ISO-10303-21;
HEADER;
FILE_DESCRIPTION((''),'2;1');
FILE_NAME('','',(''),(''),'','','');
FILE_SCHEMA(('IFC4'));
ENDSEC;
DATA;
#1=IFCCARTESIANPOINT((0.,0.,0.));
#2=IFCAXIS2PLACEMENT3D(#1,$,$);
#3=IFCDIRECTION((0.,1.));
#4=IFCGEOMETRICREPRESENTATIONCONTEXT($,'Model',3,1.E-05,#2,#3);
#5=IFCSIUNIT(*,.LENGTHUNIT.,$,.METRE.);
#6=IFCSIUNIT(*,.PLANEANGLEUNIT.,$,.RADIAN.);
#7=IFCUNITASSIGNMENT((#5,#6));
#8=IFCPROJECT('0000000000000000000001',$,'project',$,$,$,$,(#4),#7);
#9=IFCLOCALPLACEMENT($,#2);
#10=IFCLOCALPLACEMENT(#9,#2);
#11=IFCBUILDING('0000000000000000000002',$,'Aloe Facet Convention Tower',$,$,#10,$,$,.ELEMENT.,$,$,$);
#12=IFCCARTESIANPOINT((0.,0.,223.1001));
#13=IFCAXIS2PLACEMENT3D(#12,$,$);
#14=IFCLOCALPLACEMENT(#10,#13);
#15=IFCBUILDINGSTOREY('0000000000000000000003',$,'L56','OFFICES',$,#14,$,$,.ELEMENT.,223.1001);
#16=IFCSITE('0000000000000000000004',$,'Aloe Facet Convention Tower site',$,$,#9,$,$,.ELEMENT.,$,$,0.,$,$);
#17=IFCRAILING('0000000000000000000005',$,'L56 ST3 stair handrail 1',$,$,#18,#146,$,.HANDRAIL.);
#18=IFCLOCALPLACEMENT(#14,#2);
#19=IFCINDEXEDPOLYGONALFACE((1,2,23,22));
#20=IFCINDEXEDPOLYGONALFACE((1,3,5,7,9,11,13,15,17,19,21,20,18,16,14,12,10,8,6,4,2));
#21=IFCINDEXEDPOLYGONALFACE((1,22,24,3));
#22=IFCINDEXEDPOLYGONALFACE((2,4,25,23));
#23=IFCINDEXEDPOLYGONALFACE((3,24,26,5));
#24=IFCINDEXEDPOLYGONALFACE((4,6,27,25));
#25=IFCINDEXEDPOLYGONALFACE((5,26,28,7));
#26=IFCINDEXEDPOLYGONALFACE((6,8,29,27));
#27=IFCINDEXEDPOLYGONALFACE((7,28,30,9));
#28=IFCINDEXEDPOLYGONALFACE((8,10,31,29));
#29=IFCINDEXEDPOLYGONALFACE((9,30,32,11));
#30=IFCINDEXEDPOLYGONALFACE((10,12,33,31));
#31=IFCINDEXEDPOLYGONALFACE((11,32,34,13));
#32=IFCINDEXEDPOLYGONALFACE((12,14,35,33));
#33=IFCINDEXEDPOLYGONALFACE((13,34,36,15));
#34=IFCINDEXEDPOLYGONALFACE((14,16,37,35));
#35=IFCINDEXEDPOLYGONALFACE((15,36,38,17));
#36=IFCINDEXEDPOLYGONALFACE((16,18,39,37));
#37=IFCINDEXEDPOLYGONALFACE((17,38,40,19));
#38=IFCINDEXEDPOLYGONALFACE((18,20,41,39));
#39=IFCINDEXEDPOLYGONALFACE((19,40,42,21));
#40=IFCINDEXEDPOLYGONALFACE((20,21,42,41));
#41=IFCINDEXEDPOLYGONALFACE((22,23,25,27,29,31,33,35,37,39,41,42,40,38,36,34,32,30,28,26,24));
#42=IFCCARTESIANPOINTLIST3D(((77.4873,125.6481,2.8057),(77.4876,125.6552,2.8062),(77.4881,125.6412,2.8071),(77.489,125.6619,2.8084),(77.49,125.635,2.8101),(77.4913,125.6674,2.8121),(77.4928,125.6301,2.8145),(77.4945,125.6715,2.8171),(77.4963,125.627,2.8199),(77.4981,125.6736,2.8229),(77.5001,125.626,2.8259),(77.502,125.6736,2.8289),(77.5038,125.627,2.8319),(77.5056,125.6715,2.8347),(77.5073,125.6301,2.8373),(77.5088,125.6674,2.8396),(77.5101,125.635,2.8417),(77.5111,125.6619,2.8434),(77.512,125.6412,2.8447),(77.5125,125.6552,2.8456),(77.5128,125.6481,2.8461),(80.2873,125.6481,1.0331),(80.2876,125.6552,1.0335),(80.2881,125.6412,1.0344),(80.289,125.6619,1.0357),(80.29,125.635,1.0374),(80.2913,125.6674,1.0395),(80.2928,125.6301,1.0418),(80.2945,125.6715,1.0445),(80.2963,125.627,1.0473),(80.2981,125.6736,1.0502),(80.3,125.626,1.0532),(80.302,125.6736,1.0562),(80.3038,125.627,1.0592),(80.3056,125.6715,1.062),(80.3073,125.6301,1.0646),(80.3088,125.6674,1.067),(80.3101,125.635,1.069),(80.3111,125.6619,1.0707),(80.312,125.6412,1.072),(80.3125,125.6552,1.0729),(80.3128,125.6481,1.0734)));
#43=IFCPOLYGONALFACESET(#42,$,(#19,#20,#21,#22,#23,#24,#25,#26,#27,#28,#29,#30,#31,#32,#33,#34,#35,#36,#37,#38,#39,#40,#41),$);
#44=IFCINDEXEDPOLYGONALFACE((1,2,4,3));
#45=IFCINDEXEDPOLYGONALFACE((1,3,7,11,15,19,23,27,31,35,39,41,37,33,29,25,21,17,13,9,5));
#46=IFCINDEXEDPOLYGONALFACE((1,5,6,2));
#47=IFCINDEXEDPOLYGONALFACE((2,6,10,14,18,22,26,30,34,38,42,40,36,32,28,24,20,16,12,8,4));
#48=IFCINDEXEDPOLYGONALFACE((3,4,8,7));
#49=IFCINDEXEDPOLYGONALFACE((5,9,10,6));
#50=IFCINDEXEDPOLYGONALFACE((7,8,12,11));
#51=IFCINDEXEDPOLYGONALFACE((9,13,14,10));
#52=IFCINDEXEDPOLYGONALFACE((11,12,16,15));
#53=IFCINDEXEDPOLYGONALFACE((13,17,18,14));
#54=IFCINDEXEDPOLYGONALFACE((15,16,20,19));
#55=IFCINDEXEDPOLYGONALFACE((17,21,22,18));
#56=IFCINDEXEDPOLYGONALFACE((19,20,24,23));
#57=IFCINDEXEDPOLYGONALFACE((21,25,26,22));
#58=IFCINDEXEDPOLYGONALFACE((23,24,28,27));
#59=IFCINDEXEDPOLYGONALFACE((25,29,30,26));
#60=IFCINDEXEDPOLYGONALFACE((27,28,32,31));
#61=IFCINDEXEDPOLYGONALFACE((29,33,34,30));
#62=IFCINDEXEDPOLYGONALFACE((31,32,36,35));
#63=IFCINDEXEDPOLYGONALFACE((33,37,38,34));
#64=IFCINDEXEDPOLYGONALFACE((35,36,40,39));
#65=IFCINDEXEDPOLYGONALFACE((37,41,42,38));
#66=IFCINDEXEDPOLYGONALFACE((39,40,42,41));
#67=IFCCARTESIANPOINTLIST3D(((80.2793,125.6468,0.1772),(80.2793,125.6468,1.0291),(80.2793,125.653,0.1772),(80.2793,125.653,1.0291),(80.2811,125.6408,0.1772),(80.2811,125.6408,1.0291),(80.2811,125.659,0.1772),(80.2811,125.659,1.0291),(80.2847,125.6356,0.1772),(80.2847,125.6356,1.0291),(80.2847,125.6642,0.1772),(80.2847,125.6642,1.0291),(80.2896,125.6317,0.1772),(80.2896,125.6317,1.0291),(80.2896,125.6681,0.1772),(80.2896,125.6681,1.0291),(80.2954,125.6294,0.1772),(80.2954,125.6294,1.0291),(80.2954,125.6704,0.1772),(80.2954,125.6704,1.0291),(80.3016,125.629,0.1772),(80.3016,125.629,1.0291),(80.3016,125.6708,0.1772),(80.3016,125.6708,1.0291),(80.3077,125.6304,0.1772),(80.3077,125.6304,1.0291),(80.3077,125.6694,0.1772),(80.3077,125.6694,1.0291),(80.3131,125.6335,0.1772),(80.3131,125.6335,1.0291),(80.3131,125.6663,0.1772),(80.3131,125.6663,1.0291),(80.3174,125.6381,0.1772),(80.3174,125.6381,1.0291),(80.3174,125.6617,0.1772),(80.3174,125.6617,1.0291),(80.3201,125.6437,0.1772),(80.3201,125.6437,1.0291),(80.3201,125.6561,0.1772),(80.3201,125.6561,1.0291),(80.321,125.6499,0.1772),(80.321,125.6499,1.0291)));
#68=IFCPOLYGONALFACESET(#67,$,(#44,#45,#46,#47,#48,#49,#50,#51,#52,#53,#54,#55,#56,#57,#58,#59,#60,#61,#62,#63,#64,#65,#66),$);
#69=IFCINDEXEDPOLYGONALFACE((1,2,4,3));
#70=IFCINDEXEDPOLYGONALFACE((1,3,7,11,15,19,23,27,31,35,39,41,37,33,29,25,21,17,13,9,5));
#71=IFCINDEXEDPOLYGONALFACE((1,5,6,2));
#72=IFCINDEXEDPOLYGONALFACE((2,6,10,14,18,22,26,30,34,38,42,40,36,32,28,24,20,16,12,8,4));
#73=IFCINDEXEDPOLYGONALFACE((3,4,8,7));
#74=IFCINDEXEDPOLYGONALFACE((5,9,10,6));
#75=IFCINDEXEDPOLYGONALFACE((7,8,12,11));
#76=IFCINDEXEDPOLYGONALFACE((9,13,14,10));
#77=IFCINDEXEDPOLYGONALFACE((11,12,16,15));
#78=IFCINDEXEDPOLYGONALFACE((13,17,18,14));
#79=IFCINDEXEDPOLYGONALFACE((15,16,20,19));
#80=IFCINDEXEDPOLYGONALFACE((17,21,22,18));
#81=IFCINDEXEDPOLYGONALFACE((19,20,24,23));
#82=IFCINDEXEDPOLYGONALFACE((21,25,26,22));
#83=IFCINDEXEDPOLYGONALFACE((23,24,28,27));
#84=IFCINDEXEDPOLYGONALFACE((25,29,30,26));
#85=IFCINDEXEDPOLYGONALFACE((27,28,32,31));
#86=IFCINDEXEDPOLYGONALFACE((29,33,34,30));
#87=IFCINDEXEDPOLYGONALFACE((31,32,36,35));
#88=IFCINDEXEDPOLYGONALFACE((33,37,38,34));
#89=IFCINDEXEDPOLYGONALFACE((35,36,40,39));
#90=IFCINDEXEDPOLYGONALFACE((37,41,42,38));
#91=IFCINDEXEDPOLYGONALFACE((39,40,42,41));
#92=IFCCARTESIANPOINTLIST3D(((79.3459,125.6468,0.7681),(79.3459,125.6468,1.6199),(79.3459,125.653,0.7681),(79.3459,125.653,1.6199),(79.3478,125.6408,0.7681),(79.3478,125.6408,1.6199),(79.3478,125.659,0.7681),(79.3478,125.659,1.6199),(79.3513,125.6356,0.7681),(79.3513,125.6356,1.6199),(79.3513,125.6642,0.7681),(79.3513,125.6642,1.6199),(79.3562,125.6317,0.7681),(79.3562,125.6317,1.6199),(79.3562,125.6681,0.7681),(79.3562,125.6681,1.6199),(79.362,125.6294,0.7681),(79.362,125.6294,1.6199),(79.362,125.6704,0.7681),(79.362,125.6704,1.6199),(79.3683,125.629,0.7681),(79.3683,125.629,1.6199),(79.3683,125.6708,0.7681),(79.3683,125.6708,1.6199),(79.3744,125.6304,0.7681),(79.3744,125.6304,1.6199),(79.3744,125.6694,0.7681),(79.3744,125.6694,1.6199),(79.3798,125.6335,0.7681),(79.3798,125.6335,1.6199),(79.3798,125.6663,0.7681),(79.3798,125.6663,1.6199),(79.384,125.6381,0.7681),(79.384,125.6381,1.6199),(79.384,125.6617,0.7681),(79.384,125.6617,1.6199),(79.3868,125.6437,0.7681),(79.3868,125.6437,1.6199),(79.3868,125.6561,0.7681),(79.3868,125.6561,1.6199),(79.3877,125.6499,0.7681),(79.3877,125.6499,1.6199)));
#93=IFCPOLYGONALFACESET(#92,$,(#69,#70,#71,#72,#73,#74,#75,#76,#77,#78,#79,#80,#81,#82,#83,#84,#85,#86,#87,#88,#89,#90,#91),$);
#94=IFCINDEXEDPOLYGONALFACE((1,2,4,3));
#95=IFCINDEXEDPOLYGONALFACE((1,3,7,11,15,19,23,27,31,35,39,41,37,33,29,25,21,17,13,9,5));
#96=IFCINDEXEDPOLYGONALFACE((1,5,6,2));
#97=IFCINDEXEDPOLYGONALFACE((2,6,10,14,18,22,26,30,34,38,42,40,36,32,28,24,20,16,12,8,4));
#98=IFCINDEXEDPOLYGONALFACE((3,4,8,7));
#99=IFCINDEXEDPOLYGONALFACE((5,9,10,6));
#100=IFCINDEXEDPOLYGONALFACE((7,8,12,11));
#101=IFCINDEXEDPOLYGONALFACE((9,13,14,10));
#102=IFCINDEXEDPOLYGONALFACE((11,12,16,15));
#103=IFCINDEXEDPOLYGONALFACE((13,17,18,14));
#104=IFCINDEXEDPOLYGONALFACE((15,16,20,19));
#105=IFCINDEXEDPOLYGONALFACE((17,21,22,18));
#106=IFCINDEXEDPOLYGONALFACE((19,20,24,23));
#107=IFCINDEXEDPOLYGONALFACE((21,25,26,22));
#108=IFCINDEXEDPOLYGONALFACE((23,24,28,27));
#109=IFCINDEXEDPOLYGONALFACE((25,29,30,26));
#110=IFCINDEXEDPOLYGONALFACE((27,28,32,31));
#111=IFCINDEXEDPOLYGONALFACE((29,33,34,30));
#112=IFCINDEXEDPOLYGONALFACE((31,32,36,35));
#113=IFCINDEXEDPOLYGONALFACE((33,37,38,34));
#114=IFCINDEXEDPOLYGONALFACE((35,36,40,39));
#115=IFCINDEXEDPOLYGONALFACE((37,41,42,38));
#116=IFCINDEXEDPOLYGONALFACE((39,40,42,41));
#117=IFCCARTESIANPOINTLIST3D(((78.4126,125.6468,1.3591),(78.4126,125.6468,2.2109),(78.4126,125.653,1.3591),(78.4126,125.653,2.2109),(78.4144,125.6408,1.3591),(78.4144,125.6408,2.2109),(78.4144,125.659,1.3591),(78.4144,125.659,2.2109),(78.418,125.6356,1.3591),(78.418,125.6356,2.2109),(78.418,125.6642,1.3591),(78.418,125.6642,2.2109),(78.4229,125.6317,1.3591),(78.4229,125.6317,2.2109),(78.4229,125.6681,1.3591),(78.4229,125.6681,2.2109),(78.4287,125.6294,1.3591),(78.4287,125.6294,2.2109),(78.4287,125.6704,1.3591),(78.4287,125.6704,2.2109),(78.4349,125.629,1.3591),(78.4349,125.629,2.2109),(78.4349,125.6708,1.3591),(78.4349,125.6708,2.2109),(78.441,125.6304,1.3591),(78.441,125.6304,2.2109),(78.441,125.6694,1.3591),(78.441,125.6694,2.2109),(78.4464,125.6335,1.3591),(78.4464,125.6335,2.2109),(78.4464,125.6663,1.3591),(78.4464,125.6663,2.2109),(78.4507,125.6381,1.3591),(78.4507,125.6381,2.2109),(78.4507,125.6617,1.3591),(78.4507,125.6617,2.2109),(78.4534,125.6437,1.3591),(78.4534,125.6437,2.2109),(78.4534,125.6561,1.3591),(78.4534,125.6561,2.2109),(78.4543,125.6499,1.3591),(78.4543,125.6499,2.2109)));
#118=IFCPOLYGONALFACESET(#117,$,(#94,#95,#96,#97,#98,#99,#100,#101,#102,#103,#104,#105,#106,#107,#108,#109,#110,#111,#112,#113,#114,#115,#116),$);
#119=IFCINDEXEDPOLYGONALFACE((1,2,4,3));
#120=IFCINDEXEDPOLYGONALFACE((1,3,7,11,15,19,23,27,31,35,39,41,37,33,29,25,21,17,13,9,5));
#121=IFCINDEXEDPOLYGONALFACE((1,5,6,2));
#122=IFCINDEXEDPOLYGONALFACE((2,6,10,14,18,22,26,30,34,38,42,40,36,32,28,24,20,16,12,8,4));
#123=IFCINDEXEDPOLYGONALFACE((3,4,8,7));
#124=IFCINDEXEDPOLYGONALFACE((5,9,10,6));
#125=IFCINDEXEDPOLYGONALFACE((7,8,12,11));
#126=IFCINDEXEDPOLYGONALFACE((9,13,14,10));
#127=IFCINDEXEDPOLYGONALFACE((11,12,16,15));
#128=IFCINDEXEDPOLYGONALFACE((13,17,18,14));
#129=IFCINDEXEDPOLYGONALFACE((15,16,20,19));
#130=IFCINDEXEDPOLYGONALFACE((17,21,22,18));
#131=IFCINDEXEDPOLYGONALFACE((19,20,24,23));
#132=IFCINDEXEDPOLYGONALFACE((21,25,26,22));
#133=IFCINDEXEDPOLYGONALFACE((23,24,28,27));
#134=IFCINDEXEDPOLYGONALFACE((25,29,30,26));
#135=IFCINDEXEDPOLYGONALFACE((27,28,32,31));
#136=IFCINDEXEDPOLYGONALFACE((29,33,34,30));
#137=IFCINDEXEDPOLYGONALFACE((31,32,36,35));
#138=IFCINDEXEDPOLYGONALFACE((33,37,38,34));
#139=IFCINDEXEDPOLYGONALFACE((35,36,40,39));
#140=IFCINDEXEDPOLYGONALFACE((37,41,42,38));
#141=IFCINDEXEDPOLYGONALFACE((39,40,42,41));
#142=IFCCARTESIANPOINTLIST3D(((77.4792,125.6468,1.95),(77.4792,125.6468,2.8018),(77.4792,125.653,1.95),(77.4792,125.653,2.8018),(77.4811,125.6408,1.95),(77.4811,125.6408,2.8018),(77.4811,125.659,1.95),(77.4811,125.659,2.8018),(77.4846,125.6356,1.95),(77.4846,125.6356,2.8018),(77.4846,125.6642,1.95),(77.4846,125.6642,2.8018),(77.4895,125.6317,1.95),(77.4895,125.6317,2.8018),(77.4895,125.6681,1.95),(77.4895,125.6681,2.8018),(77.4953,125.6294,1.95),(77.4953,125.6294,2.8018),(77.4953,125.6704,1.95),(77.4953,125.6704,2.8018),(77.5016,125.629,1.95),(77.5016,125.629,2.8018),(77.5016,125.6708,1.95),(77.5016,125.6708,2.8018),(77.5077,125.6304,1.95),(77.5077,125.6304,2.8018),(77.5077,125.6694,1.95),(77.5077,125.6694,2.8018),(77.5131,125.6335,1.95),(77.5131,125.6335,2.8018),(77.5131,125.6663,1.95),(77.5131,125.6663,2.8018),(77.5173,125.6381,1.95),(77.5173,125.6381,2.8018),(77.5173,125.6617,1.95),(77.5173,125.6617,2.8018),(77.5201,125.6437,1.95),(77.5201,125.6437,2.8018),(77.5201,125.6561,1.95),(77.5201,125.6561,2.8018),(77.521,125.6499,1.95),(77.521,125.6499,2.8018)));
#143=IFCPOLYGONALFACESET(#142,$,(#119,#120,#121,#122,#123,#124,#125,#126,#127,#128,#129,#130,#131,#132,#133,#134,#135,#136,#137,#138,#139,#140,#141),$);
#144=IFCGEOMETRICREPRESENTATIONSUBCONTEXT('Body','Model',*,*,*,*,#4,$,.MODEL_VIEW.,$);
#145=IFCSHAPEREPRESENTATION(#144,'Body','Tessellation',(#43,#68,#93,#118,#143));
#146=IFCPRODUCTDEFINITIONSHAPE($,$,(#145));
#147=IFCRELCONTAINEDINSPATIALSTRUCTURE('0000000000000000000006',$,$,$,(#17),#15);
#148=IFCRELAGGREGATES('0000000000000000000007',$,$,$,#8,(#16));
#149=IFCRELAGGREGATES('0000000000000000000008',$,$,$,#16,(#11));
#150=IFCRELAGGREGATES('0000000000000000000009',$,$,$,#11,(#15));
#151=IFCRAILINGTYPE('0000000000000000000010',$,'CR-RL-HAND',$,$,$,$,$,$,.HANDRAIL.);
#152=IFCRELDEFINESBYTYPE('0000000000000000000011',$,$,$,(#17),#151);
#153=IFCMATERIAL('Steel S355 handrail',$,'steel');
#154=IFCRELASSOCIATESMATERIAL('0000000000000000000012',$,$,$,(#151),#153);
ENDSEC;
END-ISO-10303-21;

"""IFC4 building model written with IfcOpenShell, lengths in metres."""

from ifc_helpers import new_model, si_unit, direction, frame, origin, origin_2d, place, context, subcontext, project, spatial, circle, extrude, material, type_object, element, save


model = new_model("IFC4")

# Units and contexts
model_context = context("Model", 3, precision=1e-05, world=origin(), true_north=direction((0.0, 1.0)))
body_context = subcontext(model_context, "Body", "Model", "MODEL_VIEW")
ifc_project = project(units=[si_unit("LENGTHUNIT", "METRE"), si_unit("PLANEANGLEUNIT", "RADIAN")], contexts=[model_context])

# Site, building, storey
site_placement = place(None, origin())
site = spatial("IfcSite", under=ifc_project, at=site_placement, Name="Aloe Facet Convention Tower site", CompositionType="ELEMENT", RefElevation=0.0)
building_placement = place(site_placement, origin())
building = spatial("IfcBuilding", under=site, at=building_placement, Name="Aloe Facet Convention Tower", CompositionType="ELEMENT")
storey_placement = place(building_placement, frame((0.0, 0.0, 223.1001)))
storey = spatial("IfcBuildingStorey", under=building, at=storey_placement, Name="L56", Description="OFFICES", CompositionType="ELEMENT", Elevation=223.1001)

# Railing
ifc_material_1 = material(Name="Steel S355 handrail", Category="steel")
railing_type_1 = type_object("IfcRailingType", Name="CR-RL-HAND", PredefinedType="HANDRAIL", material=ifc_material_1)
railing_1_placement = place(storey_placement, frame((80.3, 125.6499, 0.1772)))
element("IfcRailing", 1, at=railing_1_placement, inside=storey, type_object=railing_type_1, Name="L56 ST3 stair handrail 1", PredefinedType="HANDRAIL", context=body_context, shape_type="SweptSolid", body=[
    extrude(circle(Radius=0.0239, at=origin_2d()), frame((0.0, 0.0, 0.876), z_axis=(-0.844909, 0.0, 0.53491), x_axis=(0.0, -1.0, 0.0)), (0.0, 0.0, 1.0), 3.314),
    extrude(circle(Radius=0.021, at=origin_2d()), origin(), (0.0, 0.0, 1.0), 0.8518),
    extrude(circle(Radius=0.021, at=origin_2d()), frame((-0.9333, 0.0, 0.5908)), (0.0, 0.0, 1.0), 0.8518),
    extrude(circle(Radius=0.021, at=origin_2d()), frame((-1.8667, 0.0, 1.1819)), (0.0, 0.0, 1.0), 0.8518),
    extrude(circle(Radius=0.021, at=origin_2d()), frame((-2.8, 0.0, 1.7727)), (0.0, 0.0, 1.0), 0.8518),
])

save(model, "model.ifc")
